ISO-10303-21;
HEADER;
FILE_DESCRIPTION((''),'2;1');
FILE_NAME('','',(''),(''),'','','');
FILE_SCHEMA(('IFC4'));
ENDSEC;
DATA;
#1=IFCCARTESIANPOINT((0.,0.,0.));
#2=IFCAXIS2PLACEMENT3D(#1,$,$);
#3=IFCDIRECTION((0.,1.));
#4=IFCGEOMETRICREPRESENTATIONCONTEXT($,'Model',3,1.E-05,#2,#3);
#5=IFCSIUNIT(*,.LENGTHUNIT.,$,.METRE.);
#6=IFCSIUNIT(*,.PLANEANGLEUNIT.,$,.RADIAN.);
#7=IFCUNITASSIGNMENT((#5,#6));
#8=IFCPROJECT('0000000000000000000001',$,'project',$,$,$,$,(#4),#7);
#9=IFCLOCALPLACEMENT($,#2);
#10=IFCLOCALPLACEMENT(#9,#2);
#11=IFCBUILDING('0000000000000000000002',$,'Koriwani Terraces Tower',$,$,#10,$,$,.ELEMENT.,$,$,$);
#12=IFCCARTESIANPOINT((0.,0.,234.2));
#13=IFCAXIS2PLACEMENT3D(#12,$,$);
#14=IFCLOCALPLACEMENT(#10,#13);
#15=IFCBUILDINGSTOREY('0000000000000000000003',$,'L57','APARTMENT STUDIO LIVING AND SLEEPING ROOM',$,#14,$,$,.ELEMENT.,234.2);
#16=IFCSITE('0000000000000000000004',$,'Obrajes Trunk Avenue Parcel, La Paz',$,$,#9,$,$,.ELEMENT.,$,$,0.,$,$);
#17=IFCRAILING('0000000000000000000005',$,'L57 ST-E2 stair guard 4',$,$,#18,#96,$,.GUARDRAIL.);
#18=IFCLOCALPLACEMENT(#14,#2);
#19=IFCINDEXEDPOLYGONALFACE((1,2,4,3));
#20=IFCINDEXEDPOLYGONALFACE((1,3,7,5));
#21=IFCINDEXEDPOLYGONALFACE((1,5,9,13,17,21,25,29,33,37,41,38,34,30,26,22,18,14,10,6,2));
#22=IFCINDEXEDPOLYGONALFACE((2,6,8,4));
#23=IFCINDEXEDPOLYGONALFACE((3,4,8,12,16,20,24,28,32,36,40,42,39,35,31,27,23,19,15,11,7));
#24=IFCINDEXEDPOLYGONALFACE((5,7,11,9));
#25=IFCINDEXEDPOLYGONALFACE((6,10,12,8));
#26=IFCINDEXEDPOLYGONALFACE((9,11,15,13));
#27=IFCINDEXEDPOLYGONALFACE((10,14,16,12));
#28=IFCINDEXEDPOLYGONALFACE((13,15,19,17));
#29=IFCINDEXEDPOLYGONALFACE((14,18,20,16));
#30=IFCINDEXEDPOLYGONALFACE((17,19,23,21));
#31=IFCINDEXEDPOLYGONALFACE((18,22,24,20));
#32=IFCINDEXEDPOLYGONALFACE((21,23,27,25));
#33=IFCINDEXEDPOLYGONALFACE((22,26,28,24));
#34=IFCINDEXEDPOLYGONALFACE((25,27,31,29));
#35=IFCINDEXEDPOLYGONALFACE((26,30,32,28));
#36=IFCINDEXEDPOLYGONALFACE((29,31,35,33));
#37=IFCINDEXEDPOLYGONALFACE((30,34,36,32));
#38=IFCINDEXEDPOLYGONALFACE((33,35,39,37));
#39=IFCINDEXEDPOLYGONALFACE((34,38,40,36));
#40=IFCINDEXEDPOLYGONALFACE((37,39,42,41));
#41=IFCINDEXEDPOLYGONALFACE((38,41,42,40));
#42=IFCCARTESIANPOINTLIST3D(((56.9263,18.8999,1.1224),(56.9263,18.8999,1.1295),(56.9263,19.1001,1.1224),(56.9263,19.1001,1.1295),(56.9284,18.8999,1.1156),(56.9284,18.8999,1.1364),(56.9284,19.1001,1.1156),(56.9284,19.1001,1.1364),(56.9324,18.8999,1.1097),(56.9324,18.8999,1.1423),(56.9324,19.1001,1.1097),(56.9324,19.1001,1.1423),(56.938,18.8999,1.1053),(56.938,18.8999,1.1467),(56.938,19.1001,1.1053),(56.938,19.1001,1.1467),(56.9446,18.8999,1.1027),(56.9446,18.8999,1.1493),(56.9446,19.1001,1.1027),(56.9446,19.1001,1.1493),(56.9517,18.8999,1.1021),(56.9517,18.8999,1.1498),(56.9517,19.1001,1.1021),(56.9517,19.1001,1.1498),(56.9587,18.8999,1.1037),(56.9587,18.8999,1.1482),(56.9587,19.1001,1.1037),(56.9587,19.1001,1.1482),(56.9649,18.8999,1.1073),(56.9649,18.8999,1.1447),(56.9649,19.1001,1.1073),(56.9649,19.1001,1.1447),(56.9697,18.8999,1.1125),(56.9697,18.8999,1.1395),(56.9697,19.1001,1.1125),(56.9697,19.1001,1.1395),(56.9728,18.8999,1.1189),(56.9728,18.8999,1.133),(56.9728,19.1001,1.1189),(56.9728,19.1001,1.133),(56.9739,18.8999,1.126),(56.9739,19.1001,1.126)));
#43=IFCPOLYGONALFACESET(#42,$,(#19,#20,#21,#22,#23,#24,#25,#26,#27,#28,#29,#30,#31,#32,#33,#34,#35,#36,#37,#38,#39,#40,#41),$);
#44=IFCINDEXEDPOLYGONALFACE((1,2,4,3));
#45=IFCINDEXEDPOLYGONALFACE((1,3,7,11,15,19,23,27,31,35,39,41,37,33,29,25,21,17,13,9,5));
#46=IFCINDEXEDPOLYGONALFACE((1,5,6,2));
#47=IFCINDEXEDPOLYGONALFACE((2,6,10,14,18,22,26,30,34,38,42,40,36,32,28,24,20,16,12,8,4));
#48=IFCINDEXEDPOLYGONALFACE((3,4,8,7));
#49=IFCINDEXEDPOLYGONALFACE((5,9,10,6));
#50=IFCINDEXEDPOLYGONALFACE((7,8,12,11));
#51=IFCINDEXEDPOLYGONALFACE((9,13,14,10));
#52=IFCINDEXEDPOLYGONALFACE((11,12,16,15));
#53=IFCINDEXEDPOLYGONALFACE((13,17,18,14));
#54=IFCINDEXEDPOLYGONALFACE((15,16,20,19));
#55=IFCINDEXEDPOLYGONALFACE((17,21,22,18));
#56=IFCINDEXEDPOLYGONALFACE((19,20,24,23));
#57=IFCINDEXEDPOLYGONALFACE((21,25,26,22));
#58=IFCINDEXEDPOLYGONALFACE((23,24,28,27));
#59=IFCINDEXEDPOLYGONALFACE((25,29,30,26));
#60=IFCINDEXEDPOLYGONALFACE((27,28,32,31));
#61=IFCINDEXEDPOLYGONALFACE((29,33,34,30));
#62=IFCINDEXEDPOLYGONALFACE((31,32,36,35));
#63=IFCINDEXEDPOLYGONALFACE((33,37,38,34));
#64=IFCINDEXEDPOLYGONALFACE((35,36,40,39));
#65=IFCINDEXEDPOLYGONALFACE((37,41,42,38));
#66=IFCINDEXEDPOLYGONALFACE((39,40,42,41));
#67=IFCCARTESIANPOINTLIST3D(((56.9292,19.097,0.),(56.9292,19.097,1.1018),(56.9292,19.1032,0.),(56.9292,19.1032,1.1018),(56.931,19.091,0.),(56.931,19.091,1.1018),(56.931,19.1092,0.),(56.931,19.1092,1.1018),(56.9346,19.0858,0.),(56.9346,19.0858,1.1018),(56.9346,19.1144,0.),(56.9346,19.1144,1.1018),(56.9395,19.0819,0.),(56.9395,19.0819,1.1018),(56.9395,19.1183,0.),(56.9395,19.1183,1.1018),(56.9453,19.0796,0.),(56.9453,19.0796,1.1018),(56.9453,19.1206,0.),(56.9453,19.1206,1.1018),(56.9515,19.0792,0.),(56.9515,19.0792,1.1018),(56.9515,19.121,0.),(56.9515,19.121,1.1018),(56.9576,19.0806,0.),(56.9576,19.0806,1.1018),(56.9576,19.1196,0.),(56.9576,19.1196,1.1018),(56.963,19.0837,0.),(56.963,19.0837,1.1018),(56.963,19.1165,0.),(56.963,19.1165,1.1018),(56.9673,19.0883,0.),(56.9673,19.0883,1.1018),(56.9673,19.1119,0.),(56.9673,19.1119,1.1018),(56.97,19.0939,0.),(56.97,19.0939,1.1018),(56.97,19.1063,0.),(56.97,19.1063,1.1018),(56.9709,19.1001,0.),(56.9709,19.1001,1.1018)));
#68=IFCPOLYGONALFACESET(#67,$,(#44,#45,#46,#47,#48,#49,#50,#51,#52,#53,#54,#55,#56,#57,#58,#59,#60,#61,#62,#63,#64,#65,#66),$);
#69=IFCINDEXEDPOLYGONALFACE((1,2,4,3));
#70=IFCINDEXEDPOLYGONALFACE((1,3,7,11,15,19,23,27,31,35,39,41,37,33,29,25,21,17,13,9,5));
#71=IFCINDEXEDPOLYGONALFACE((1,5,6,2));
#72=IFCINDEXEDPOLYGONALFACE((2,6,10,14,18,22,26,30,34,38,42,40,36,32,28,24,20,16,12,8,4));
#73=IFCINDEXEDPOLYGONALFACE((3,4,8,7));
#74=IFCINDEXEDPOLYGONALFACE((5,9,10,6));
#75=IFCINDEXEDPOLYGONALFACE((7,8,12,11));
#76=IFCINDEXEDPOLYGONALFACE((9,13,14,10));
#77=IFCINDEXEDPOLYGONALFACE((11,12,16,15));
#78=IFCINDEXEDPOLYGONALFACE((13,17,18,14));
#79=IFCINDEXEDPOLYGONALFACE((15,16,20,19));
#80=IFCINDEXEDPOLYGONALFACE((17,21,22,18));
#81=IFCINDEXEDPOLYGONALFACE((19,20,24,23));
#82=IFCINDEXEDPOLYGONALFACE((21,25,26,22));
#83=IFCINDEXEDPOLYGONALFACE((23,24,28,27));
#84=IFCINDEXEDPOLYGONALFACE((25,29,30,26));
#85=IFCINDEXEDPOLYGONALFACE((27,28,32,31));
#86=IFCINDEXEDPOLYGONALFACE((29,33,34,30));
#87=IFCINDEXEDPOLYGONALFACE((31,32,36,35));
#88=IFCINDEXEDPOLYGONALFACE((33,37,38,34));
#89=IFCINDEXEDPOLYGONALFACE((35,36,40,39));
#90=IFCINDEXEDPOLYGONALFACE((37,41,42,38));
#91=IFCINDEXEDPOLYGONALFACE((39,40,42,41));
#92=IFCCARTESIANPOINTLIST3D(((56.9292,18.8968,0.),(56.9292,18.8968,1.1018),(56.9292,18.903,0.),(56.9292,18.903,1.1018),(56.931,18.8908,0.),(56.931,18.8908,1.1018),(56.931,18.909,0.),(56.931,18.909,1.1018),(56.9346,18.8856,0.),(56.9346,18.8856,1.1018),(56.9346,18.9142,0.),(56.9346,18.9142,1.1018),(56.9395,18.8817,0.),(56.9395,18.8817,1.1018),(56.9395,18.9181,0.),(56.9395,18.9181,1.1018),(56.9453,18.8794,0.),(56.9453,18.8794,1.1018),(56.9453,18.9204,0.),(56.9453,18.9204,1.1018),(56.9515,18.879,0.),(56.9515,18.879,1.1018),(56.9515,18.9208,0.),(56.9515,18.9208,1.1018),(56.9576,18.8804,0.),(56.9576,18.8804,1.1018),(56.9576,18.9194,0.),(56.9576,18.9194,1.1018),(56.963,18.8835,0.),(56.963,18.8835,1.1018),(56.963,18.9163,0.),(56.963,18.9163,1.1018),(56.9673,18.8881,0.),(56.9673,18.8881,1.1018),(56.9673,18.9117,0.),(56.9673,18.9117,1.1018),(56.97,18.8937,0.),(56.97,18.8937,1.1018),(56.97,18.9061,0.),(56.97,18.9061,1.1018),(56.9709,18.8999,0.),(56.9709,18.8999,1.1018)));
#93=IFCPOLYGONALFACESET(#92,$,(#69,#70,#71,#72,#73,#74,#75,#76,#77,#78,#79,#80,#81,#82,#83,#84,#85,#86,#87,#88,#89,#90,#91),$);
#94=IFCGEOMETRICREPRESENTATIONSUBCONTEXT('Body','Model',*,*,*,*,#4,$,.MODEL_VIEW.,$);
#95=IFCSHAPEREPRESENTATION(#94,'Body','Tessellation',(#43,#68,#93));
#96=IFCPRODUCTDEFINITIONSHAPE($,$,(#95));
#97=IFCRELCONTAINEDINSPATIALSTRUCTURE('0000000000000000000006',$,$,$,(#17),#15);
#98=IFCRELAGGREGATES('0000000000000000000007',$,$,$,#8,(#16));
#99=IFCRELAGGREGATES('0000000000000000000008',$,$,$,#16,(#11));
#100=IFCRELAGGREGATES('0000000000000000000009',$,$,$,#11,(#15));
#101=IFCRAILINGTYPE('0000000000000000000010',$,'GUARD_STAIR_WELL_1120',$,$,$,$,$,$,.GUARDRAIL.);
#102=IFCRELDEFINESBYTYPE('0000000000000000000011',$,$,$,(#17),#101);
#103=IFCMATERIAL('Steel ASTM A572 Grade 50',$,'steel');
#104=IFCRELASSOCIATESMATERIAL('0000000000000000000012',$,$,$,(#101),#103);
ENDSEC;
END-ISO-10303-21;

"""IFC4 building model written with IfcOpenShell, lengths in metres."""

from ifc_helpers import new_model, si_unit, direction, frame, origin, origin_2d, place, context, subcontext, project, spatial, circle, extrude, material, type_object, element, save


model = new_model("IFC4")

# Units and contexts
model_context = context("Model", 3, precision=1e-05, world=origin(), true_north=direction((0.0, 1.0)))
body_context = subcontext(model_context, "Body", "Model", "MODEL_VIEW")
ifc_project = project(units=[si_unit("LENGTHUNIT", "METRE"), si_unit("PLANEANGLEUNIT", "RADIAN")], contexts=[model_context])

# Site, building, storey
site_placement = place(None, origin())
site = spatial("IfcSite", under=ifc_project, at=site_placement, Name="Obrajes Trunk Avenue Parcel, La Paz", CompositionType="ELEMENT", RefElevation=0.0)
building_placement = place(site_placement, origin())
building = spatial("IfcBuilding", under=site, at=building_placement, Name="Koriwani Terraces Tower", CompositionType="ELEMENT")
storey_placement = place(building_placement, frame((0.0, 0.0, 234.2)))
storey = spatial("IfcBuildingStorey", under=building, at=storey_placement, Name="L57", Description="APARTMENT STUDIO LIVING AND SLEEPING ROOM", CompositionType="ELEMENT", Elevation=234.2)

# Shared definitions
ifc_material_1 = material(Name="Steel ASTM A572 Grade 50", Category="steel")

# Railing
railing_type_1 = type_object("IfcRailingType", Name="GUARD_STAIR_WELL_1120", PredefinedType="GUARDRAIL", material=ifc_material_1)
railing_1_placement = place(storey_placement, frame((56.95, 19.1001, 0.0)))
element("IfcRailing", 1, at=railing_1_placement, inside=storey, type_object=railing_type_1, Name="L57 ST-E2 stair guard 4", PredefinedType="GUARDRAIL", context=body_context, shape_type="SweptSolid", body=[
    extrude(circle(Radius=0.0239, at=origin_2d()), frame((0.0, 0.0, 1.126), z_axis=(0.0, -1.0, 0.0), x_axis=(1.0, 0.0, 0.0)), (0.0, 0.0, 1.0), 0.2002),
    extrude(circle(Radius=0.021, at=origin_2d()), origin(), (0.0, 0.0, 1.0), 1.1018),
    extrude(circle(Radius=0.021, at=origin_2d()), frame((0.0, -0.2002, 0.0)), (0.0, 0.0, 1.0), 1.1018),
])

save(model, "model.ifc")
